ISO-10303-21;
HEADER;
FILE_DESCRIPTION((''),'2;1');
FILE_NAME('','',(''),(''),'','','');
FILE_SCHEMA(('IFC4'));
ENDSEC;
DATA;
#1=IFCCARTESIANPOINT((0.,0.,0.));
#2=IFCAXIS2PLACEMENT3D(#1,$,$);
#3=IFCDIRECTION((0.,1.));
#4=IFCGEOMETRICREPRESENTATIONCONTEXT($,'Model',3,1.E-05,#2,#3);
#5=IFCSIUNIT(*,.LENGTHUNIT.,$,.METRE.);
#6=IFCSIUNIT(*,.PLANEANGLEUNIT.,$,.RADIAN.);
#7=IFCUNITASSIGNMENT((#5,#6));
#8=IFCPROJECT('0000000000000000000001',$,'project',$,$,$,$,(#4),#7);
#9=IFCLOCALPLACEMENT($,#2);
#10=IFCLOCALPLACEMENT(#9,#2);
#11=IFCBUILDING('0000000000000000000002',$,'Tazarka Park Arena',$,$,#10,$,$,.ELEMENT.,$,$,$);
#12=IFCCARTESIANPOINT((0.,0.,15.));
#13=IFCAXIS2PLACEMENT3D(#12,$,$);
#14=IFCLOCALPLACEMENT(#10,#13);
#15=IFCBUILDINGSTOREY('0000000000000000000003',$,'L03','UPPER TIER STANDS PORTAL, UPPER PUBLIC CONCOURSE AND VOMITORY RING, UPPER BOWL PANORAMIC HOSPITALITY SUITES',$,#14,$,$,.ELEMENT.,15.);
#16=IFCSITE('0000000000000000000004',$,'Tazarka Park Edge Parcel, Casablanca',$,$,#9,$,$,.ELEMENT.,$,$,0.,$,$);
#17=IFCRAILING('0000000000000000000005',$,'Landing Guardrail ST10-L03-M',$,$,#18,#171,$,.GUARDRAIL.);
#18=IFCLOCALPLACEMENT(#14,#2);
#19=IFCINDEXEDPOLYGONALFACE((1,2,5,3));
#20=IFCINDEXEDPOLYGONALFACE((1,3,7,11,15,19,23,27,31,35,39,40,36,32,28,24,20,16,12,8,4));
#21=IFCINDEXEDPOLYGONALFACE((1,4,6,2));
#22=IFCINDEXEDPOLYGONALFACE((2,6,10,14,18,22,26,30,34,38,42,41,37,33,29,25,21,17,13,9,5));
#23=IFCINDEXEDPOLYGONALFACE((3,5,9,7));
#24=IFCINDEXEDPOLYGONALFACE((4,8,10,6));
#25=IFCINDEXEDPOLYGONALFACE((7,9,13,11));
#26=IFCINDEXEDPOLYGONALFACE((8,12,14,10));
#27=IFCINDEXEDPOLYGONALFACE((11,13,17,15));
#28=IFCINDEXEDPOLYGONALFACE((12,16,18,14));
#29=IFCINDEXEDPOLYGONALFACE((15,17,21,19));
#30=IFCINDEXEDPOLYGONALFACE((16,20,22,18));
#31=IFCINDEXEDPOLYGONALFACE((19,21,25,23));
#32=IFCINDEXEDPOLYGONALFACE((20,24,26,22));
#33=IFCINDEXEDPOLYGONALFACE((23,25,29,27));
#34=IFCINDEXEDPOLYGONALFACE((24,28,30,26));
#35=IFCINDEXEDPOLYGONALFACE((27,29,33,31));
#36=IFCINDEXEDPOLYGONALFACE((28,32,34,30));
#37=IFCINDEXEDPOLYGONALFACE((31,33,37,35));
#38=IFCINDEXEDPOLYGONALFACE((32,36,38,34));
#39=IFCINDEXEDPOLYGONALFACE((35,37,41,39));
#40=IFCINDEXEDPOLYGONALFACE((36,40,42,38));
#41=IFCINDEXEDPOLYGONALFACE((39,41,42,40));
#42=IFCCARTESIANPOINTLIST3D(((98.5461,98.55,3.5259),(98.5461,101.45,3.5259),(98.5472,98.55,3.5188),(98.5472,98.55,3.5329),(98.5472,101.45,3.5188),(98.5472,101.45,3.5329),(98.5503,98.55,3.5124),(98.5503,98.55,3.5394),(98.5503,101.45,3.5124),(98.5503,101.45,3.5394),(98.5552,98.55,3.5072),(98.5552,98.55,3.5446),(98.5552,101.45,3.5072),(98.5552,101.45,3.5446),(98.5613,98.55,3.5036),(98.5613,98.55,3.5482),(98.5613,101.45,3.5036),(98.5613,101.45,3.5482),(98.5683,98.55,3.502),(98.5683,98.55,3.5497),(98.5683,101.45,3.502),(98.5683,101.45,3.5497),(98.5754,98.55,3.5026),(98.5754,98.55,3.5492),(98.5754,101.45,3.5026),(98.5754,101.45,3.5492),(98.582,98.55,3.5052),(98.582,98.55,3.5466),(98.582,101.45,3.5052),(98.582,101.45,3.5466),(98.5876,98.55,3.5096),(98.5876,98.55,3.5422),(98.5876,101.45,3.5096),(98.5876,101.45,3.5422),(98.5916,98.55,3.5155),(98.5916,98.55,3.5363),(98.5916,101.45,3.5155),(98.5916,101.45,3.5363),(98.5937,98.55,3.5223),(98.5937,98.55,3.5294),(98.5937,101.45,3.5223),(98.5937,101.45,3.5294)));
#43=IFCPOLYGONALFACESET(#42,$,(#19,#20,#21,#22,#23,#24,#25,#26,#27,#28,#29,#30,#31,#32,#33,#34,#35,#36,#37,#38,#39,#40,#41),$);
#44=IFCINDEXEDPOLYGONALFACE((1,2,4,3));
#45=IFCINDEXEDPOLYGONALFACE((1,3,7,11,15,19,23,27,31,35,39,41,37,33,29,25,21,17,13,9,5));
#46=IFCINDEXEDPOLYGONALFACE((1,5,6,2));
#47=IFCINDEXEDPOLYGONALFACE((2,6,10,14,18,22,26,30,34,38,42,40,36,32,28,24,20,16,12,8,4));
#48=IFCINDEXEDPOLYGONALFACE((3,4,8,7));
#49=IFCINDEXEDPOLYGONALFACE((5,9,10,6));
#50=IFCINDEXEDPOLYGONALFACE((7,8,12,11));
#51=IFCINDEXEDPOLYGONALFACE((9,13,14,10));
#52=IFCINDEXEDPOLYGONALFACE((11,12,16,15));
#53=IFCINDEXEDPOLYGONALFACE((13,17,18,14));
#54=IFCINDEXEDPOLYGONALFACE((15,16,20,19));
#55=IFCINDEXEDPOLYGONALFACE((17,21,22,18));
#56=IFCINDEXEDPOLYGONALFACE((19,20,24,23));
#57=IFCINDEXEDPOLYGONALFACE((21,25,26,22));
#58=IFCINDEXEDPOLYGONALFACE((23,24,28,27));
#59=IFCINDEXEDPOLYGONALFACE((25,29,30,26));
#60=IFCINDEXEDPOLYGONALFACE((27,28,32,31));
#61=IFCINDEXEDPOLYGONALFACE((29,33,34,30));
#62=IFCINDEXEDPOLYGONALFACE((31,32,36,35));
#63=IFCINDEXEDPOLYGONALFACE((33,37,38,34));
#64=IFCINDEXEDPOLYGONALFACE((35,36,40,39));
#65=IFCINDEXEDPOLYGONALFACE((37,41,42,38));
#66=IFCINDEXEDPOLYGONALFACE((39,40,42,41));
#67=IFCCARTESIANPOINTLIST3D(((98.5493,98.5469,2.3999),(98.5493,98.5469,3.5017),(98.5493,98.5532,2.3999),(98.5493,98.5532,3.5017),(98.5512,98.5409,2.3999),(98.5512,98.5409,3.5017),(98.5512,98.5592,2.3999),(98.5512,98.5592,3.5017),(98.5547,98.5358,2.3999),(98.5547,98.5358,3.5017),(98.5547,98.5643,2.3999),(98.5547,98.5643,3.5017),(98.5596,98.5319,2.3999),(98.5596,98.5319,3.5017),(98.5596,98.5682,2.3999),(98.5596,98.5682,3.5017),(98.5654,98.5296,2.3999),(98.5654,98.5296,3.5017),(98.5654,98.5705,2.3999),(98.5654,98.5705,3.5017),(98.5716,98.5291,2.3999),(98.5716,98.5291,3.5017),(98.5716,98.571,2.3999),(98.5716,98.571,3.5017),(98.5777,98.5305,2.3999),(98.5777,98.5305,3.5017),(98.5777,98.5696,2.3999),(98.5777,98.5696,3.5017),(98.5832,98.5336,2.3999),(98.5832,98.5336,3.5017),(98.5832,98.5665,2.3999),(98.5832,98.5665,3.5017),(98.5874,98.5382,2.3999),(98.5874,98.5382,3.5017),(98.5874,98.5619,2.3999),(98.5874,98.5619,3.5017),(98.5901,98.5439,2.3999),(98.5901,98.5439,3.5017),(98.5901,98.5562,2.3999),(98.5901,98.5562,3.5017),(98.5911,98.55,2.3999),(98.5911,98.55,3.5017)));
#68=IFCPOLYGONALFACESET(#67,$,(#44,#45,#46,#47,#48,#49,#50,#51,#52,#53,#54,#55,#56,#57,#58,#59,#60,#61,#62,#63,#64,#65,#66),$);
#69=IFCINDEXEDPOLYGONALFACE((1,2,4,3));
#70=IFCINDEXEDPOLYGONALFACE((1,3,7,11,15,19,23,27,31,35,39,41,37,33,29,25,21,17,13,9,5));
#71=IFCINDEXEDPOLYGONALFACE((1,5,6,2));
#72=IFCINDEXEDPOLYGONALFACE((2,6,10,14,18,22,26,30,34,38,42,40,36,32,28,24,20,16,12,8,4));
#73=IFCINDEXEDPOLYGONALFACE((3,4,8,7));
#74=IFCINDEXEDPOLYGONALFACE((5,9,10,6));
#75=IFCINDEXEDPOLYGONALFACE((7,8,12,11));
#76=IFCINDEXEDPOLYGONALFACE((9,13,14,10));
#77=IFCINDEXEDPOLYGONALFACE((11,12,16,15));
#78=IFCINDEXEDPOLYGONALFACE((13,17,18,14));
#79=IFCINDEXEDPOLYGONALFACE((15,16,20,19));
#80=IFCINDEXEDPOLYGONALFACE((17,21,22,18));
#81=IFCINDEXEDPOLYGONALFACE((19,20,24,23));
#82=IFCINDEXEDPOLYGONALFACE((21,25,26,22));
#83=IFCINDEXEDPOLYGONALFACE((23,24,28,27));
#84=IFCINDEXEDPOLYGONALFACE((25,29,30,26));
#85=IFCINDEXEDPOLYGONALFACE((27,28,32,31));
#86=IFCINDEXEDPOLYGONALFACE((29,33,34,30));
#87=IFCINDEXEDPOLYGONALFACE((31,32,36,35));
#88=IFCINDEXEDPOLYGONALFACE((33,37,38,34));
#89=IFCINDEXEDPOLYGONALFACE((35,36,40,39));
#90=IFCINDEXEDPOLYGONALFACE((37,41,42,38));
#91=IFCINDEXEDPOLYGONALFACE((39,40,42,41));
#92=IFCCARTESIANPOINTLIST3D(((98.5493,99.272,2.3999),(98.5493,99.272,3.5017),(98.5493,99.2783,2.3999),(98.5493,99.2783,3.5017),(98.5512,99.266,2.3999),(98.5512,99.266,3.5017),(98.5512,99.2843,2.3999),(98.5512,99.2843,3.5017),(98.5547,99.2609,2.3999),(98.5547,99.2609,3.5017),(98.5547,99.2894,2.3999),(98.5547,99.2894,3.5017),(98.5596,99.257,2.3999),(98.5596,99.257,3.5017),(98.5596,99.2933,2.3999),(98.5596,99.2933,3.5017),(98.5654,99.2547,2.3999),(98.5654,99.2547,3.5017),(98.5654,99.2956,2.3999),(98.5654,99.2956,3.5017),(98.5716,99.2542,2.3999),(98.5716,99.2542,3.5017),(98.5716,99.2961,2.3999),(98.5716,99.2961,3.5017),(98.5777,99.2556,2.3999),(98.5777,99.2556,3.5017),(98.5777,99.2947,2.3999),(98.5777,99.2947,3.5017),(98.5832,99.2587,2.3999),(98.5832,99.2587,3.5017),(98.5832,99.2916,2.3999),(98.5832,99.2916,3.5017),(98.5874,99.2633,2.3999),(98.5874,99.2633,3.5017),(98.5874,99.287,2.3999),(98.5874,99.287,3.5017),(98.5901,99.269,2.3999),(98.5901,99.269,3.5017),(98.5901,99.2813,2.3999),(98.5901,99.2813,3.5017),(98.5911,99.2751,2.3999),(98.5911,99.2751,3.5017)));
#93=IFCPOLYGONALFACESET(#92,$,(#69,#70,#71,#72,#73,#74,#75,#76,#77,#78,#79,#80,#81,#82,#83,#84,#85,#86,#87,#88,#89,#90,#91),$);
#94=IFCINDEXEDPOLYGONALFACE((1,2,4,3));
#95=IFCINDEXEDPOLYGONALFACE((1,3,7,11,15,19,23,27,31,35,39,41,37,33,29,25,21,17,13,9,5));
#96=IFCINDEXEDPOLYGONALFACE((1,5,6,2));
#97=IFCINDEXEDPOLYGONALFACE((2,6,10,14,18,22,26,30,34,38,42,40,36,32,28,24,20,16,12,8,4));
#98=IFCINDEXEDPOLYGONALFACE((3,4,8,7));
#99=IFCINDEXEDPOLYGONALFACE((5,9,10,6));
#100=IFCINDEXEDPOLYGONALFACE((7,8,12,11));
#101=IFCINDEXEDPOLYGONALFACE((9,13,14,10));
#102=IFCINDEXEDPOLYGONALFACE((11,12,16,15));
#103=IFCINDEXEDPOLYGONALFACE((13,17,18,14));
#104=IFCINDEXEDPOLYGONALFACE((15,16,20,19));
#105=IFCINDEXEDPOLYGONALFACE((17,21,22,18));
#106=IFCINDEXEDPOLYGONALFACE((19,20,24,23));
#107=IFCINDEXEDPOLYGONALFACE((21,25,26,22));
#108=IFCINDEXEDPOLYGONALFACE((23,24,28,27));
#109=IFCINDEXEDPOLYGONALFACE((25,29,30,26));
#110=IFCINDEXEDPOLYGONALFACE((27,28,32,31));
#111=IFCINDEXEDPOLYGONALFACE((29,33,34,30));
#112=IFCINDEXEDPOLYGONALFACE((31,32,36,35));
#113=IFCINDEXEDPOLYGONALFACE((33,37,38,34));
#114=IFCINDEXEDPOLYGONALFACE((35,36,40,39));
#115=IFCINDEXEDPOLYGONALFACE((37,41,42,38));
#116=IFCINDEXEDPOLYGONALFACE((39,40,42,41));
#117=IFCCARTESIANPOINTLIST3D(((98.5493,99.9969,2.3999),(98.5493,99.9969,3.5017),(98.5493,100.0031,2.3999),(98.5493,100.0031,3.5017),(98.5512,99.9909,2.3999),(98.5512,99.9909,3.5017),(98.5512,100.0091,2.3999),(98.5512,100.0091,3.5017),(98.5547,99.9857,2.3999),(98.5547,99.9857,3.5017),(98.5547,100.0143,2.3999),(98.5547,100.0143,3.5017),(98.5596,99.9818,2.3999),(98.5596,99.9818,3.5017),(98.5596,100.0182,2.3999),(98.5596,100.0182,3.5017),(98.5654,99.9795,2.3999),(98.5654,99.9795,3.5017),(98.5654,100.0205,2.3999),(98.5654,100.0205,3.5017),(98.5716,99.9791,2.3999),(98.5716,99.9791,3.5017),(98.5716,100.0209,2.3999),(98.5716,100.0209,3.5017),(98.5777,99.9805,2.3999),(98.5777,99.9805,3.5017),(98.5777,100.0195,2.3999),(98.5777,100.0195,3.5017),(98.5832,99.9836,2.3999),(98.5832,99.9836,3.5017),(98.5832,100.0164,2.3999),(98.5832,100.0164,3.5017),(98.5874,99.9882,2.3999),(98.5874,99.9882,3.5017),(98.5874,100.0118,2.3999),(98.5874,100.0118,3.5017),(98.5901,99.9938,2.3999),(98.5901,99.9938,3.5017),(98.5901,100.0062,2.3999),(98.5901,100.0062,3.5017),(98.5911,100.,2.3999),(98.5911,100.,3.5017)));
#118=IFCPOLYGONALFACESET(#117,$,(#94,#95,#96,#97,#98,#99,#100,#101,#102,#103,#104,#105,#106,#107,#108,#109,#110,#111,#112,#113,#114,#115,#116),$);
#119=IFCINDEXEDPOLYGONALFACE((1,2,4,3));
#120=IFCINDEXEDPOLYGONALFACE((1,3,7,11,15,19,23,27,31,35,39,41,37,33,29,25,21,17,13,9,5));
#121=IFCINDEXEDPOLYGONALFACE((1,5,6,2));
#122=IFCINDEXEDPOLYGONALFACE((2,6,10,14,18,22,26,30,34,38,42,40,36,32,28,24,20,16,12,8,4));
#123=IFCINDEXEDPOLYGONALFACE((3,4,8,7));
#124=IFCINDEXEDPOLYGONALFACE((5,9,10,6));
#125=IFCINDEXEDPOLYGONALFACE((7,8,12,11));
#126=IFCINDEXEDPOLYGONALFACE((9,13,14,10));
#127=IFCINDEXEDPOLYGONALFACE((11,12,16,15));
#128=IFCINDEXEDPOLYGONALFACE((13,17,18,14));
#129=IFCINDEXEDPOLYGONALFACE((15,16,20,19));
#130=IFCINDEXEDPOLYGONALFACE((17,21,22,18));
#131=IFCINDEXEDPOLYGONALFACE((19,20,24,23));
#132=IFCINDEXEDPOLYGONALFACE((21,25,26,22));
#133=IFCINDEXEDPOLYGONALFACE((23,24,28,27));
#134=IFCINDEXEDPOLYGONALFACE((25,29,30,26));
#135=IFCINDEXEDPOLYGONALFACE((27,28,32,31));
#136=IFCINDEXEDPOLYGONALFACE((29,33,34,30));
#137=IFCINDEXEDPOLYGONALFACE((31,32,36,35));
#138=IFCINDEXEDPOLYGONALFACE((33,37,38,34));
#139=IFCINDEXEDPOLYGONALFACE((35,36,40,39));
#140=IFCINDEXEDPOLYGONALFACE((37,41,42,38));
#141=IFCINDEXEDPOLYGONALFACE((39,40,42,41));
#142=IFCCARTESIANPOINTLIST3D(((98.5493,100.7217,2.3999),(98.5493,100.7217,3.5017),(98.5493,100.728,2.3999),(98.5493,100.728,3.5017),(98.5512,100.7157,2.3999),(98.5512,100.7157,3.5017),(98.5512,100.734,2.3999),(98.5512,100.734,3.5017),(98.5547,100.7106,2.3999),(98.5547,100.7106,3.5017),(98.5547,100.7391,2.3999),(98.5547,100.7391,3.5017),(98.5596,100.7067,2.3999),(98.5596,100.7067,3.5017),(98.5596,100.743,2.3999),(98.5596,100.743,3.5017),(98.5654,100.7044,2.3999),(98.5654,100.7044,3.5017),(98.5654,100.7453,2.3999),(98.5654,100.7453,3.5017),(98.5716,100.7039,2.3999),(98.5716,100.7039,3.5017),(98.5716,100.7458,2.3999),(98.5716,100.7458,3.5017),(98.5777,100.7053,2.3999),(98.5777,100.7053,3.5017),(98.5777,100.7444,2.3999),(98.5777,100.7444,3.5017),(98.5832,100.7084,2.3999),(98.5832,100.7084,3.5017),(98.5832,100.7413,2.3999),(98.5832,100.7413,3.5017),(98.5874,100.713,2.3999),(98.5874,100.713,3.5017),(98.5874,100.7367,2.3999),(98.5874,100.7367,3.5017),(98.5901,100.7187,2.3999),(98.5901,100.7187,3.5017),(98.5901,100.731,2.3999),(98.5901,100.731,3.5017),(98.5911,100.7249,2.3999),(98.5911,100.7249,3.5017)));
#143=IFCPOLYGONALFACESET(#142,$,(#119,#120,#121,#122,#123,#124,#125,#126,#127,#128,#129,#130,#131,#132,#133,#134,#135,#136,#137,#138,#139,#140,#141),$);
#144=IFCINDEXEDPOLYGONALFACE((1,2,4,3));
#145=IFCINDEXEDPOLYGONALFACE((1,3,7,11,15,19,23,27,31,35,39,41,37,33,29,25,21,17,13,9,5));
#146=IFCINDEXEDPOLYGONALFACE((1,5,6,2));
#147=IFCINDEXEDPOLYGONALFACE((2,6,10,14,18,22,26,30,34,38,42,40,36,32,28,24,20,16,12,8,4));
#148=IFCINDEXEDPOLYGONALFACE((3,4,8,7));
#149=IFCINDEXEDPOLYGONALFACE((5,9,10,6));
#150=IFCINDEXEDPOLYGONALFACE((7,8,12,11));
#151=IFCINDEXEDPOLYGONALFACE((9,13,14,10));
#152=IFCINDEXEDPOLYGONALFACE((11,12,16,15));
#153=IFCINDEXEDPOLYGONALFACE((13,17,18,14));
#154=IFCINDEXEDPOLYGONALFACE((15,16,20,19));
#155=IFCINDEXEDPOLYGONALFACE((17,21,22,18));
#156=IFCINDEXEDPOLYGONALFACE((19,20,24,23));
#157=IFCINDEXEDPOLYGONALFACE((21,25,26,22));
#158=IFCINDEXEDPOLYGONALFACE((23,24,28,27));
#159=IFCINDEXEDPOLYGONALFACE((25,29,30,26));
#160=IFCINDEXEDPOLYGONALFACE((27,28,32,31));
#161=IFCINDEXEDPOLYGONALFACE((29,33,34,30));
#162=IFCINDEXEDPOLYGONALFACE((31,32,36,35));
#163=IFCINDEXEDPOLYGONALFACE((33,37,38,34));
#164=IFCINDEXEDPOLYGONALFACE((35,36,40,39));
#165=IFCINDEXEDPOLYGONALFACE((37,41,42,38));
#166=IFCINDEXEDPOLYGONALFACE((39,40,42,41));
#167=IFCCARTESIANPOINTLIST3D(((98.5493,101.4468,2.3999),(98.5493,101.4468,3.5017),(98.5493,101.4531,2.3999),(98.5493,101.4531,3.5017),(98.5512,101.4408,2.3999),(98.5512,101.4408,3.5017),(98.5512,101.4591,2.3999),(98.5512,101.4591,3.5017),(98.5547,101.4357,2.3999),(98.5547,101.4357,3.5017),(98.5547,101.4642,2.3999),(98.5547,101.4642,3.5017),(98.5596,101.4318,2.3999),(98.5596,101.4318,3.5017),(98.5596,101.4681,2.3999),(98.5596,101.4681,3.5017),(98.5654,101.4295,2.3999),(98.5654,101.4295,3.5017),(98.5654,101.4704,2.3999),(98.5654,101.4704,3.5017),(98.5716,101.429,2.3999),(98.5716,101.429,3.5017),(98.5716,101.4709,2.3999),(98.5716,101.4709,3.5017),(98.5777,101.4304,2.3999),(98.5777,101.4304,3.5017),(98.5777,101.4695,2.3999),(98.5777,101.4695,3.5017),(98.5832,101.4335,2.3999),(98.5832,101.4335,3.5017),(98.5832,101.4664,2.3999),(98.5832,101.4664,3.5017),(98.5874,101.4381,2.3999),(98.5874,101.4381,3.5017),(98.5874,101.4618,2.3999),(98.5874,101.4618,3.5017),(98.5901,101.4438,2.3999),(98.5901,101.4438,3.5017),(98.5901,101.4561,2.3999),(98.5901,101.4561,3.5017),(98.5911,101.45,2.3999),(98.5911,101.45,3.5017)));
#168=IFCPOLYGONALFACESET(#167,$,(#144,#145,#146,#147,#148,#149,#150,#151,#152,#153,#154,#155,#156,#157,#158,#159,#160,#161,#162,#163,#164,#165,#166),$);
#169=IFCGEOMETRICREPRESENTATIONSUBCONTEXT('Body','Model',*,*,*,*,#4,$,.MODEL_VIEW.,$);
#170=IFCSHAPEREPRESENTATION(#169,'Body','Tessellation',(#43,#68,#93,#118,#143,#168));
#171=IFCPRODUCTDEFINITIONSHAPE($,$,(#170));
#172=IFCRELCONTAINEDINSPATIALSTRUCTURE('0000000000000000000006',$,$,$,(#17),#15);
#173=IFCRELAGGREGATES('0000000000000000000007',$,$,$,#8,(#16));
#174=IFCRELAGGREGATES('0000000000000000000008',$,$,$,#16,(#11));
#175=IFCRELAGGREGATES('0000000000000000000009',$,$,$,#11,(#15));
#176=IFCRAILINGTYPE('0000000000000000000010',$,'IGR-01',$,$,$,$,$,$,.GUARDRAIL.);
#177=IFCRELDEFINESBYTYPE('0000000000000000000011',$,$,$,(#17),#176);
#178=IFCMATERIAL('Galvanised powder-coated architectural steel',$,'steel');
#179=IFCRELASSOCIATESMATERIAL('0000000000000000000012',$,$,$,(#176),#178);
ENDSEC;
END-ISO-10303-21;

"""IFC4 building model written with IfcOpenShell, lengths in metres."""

from ifc_helpers import new_model, si_unit, direction, frame, origin, origin_2d, place, context, subcontext, project, spatial, circle, extrude, material, type_object, element, save


model = new_model("IFC4")

# Units and contexts
model_context = context("Model", 3, precision=1e-05, world=origin(), true_north=direction((0.0, 1.0)))
body_context = subcontext(model_context, "Body", "Model", "MODEL_VIEW")
ifc_project = project(units=[si_unit("LENGTHUNIT", "METRE"), si_unit("PLANEANGLEUNIT", "RADIAN")], contexts=[model_context])

# Site, building, storey
site_placement = place(None, origin())
site = spatial("IfcSite", under=ifc_project, at=site_placement, Name="Tazarka Park Edge Parcel, Casablanca", CompositionType="ELEMENT", RefElevation=0.0)
building_placement = place(site_placement, origin())
building = spatial("IfcBuilding", under=site, at=building_placement, Name="Tazarka Park Arena", CompositionType="ELEMENT")
storey_placement = place(building_placement, frame((0.0, 0.0, 15.0)))
storey = spatial("IfcBuildingStorey", under=building, at=storey_placement, Name="L03", Description="UPPER TIER STANDS PORTAL, UPPER PUBLIC CONCOURSE AND VOMITORY RING, UPPER BOWL PANORAMIC HOSPITALITY SUITES", CompositionType="ELEMENT", Elevation=15.0)

# Railing
ifc_material_1 = material(Name="Galvanised powder-coated architectural steel", Category="steel")
railing_type_1 = type_object("IfcRailingType", Name="IGR-01", PredefinedType="GUARDRAIL", material=ifc_material_1)
for number, where, name in (
    (1, (98.5701, 98.55, 2.3999), "Landing Guardrail ST10-L03-M"),
):
    element("IfcRailing", number, at=place(storey_placement, frame(where)), inside=storey, type_object=railing_type_1, Name=name, PredefinedType="GUARDRAIL", context=body_context, shape_type="SweptSolid", body=[
        extrude(circle(Radius=0.0239, at=origin_2d()), frame((0.0, 0.0, 1.126), z_axis=(0.0, 1.0, 0.0), x_axis=(-1.0, 0.0, 0.0)), (0.0, 0.0, 1.0), 2.8999),
        extrude(circle(Radius=0.021, at=origin_2d()), origin(), (0.0, 0.0, 1.0), 1.1018),
        extrude(circle(Radius=0.021, at=origin_2d()), frame((0.0, 0.7251, 0.0)), (0.0, 0.0, 1.0), 1.1018),
        extrude(circle(Radius=0.021, at=origin_2d()), frame((0.0, 1.45, 0.0)), (0.0, 0.0, 1.0), 1.1018),
        extrude(circle(Radius=0.021, at=origin_2d()), frame((0.0, 2.1748, 0.0)), (0.0, 0.0, 1.0), 1.1018),
        extrude(circle(Radius=0.021, at=origin_2d()), frame((0.0, 2.8999, 0.0)), (0.0, 0.0, 1.0), 1.1018),
    ])

save(model, "model.ifc")
